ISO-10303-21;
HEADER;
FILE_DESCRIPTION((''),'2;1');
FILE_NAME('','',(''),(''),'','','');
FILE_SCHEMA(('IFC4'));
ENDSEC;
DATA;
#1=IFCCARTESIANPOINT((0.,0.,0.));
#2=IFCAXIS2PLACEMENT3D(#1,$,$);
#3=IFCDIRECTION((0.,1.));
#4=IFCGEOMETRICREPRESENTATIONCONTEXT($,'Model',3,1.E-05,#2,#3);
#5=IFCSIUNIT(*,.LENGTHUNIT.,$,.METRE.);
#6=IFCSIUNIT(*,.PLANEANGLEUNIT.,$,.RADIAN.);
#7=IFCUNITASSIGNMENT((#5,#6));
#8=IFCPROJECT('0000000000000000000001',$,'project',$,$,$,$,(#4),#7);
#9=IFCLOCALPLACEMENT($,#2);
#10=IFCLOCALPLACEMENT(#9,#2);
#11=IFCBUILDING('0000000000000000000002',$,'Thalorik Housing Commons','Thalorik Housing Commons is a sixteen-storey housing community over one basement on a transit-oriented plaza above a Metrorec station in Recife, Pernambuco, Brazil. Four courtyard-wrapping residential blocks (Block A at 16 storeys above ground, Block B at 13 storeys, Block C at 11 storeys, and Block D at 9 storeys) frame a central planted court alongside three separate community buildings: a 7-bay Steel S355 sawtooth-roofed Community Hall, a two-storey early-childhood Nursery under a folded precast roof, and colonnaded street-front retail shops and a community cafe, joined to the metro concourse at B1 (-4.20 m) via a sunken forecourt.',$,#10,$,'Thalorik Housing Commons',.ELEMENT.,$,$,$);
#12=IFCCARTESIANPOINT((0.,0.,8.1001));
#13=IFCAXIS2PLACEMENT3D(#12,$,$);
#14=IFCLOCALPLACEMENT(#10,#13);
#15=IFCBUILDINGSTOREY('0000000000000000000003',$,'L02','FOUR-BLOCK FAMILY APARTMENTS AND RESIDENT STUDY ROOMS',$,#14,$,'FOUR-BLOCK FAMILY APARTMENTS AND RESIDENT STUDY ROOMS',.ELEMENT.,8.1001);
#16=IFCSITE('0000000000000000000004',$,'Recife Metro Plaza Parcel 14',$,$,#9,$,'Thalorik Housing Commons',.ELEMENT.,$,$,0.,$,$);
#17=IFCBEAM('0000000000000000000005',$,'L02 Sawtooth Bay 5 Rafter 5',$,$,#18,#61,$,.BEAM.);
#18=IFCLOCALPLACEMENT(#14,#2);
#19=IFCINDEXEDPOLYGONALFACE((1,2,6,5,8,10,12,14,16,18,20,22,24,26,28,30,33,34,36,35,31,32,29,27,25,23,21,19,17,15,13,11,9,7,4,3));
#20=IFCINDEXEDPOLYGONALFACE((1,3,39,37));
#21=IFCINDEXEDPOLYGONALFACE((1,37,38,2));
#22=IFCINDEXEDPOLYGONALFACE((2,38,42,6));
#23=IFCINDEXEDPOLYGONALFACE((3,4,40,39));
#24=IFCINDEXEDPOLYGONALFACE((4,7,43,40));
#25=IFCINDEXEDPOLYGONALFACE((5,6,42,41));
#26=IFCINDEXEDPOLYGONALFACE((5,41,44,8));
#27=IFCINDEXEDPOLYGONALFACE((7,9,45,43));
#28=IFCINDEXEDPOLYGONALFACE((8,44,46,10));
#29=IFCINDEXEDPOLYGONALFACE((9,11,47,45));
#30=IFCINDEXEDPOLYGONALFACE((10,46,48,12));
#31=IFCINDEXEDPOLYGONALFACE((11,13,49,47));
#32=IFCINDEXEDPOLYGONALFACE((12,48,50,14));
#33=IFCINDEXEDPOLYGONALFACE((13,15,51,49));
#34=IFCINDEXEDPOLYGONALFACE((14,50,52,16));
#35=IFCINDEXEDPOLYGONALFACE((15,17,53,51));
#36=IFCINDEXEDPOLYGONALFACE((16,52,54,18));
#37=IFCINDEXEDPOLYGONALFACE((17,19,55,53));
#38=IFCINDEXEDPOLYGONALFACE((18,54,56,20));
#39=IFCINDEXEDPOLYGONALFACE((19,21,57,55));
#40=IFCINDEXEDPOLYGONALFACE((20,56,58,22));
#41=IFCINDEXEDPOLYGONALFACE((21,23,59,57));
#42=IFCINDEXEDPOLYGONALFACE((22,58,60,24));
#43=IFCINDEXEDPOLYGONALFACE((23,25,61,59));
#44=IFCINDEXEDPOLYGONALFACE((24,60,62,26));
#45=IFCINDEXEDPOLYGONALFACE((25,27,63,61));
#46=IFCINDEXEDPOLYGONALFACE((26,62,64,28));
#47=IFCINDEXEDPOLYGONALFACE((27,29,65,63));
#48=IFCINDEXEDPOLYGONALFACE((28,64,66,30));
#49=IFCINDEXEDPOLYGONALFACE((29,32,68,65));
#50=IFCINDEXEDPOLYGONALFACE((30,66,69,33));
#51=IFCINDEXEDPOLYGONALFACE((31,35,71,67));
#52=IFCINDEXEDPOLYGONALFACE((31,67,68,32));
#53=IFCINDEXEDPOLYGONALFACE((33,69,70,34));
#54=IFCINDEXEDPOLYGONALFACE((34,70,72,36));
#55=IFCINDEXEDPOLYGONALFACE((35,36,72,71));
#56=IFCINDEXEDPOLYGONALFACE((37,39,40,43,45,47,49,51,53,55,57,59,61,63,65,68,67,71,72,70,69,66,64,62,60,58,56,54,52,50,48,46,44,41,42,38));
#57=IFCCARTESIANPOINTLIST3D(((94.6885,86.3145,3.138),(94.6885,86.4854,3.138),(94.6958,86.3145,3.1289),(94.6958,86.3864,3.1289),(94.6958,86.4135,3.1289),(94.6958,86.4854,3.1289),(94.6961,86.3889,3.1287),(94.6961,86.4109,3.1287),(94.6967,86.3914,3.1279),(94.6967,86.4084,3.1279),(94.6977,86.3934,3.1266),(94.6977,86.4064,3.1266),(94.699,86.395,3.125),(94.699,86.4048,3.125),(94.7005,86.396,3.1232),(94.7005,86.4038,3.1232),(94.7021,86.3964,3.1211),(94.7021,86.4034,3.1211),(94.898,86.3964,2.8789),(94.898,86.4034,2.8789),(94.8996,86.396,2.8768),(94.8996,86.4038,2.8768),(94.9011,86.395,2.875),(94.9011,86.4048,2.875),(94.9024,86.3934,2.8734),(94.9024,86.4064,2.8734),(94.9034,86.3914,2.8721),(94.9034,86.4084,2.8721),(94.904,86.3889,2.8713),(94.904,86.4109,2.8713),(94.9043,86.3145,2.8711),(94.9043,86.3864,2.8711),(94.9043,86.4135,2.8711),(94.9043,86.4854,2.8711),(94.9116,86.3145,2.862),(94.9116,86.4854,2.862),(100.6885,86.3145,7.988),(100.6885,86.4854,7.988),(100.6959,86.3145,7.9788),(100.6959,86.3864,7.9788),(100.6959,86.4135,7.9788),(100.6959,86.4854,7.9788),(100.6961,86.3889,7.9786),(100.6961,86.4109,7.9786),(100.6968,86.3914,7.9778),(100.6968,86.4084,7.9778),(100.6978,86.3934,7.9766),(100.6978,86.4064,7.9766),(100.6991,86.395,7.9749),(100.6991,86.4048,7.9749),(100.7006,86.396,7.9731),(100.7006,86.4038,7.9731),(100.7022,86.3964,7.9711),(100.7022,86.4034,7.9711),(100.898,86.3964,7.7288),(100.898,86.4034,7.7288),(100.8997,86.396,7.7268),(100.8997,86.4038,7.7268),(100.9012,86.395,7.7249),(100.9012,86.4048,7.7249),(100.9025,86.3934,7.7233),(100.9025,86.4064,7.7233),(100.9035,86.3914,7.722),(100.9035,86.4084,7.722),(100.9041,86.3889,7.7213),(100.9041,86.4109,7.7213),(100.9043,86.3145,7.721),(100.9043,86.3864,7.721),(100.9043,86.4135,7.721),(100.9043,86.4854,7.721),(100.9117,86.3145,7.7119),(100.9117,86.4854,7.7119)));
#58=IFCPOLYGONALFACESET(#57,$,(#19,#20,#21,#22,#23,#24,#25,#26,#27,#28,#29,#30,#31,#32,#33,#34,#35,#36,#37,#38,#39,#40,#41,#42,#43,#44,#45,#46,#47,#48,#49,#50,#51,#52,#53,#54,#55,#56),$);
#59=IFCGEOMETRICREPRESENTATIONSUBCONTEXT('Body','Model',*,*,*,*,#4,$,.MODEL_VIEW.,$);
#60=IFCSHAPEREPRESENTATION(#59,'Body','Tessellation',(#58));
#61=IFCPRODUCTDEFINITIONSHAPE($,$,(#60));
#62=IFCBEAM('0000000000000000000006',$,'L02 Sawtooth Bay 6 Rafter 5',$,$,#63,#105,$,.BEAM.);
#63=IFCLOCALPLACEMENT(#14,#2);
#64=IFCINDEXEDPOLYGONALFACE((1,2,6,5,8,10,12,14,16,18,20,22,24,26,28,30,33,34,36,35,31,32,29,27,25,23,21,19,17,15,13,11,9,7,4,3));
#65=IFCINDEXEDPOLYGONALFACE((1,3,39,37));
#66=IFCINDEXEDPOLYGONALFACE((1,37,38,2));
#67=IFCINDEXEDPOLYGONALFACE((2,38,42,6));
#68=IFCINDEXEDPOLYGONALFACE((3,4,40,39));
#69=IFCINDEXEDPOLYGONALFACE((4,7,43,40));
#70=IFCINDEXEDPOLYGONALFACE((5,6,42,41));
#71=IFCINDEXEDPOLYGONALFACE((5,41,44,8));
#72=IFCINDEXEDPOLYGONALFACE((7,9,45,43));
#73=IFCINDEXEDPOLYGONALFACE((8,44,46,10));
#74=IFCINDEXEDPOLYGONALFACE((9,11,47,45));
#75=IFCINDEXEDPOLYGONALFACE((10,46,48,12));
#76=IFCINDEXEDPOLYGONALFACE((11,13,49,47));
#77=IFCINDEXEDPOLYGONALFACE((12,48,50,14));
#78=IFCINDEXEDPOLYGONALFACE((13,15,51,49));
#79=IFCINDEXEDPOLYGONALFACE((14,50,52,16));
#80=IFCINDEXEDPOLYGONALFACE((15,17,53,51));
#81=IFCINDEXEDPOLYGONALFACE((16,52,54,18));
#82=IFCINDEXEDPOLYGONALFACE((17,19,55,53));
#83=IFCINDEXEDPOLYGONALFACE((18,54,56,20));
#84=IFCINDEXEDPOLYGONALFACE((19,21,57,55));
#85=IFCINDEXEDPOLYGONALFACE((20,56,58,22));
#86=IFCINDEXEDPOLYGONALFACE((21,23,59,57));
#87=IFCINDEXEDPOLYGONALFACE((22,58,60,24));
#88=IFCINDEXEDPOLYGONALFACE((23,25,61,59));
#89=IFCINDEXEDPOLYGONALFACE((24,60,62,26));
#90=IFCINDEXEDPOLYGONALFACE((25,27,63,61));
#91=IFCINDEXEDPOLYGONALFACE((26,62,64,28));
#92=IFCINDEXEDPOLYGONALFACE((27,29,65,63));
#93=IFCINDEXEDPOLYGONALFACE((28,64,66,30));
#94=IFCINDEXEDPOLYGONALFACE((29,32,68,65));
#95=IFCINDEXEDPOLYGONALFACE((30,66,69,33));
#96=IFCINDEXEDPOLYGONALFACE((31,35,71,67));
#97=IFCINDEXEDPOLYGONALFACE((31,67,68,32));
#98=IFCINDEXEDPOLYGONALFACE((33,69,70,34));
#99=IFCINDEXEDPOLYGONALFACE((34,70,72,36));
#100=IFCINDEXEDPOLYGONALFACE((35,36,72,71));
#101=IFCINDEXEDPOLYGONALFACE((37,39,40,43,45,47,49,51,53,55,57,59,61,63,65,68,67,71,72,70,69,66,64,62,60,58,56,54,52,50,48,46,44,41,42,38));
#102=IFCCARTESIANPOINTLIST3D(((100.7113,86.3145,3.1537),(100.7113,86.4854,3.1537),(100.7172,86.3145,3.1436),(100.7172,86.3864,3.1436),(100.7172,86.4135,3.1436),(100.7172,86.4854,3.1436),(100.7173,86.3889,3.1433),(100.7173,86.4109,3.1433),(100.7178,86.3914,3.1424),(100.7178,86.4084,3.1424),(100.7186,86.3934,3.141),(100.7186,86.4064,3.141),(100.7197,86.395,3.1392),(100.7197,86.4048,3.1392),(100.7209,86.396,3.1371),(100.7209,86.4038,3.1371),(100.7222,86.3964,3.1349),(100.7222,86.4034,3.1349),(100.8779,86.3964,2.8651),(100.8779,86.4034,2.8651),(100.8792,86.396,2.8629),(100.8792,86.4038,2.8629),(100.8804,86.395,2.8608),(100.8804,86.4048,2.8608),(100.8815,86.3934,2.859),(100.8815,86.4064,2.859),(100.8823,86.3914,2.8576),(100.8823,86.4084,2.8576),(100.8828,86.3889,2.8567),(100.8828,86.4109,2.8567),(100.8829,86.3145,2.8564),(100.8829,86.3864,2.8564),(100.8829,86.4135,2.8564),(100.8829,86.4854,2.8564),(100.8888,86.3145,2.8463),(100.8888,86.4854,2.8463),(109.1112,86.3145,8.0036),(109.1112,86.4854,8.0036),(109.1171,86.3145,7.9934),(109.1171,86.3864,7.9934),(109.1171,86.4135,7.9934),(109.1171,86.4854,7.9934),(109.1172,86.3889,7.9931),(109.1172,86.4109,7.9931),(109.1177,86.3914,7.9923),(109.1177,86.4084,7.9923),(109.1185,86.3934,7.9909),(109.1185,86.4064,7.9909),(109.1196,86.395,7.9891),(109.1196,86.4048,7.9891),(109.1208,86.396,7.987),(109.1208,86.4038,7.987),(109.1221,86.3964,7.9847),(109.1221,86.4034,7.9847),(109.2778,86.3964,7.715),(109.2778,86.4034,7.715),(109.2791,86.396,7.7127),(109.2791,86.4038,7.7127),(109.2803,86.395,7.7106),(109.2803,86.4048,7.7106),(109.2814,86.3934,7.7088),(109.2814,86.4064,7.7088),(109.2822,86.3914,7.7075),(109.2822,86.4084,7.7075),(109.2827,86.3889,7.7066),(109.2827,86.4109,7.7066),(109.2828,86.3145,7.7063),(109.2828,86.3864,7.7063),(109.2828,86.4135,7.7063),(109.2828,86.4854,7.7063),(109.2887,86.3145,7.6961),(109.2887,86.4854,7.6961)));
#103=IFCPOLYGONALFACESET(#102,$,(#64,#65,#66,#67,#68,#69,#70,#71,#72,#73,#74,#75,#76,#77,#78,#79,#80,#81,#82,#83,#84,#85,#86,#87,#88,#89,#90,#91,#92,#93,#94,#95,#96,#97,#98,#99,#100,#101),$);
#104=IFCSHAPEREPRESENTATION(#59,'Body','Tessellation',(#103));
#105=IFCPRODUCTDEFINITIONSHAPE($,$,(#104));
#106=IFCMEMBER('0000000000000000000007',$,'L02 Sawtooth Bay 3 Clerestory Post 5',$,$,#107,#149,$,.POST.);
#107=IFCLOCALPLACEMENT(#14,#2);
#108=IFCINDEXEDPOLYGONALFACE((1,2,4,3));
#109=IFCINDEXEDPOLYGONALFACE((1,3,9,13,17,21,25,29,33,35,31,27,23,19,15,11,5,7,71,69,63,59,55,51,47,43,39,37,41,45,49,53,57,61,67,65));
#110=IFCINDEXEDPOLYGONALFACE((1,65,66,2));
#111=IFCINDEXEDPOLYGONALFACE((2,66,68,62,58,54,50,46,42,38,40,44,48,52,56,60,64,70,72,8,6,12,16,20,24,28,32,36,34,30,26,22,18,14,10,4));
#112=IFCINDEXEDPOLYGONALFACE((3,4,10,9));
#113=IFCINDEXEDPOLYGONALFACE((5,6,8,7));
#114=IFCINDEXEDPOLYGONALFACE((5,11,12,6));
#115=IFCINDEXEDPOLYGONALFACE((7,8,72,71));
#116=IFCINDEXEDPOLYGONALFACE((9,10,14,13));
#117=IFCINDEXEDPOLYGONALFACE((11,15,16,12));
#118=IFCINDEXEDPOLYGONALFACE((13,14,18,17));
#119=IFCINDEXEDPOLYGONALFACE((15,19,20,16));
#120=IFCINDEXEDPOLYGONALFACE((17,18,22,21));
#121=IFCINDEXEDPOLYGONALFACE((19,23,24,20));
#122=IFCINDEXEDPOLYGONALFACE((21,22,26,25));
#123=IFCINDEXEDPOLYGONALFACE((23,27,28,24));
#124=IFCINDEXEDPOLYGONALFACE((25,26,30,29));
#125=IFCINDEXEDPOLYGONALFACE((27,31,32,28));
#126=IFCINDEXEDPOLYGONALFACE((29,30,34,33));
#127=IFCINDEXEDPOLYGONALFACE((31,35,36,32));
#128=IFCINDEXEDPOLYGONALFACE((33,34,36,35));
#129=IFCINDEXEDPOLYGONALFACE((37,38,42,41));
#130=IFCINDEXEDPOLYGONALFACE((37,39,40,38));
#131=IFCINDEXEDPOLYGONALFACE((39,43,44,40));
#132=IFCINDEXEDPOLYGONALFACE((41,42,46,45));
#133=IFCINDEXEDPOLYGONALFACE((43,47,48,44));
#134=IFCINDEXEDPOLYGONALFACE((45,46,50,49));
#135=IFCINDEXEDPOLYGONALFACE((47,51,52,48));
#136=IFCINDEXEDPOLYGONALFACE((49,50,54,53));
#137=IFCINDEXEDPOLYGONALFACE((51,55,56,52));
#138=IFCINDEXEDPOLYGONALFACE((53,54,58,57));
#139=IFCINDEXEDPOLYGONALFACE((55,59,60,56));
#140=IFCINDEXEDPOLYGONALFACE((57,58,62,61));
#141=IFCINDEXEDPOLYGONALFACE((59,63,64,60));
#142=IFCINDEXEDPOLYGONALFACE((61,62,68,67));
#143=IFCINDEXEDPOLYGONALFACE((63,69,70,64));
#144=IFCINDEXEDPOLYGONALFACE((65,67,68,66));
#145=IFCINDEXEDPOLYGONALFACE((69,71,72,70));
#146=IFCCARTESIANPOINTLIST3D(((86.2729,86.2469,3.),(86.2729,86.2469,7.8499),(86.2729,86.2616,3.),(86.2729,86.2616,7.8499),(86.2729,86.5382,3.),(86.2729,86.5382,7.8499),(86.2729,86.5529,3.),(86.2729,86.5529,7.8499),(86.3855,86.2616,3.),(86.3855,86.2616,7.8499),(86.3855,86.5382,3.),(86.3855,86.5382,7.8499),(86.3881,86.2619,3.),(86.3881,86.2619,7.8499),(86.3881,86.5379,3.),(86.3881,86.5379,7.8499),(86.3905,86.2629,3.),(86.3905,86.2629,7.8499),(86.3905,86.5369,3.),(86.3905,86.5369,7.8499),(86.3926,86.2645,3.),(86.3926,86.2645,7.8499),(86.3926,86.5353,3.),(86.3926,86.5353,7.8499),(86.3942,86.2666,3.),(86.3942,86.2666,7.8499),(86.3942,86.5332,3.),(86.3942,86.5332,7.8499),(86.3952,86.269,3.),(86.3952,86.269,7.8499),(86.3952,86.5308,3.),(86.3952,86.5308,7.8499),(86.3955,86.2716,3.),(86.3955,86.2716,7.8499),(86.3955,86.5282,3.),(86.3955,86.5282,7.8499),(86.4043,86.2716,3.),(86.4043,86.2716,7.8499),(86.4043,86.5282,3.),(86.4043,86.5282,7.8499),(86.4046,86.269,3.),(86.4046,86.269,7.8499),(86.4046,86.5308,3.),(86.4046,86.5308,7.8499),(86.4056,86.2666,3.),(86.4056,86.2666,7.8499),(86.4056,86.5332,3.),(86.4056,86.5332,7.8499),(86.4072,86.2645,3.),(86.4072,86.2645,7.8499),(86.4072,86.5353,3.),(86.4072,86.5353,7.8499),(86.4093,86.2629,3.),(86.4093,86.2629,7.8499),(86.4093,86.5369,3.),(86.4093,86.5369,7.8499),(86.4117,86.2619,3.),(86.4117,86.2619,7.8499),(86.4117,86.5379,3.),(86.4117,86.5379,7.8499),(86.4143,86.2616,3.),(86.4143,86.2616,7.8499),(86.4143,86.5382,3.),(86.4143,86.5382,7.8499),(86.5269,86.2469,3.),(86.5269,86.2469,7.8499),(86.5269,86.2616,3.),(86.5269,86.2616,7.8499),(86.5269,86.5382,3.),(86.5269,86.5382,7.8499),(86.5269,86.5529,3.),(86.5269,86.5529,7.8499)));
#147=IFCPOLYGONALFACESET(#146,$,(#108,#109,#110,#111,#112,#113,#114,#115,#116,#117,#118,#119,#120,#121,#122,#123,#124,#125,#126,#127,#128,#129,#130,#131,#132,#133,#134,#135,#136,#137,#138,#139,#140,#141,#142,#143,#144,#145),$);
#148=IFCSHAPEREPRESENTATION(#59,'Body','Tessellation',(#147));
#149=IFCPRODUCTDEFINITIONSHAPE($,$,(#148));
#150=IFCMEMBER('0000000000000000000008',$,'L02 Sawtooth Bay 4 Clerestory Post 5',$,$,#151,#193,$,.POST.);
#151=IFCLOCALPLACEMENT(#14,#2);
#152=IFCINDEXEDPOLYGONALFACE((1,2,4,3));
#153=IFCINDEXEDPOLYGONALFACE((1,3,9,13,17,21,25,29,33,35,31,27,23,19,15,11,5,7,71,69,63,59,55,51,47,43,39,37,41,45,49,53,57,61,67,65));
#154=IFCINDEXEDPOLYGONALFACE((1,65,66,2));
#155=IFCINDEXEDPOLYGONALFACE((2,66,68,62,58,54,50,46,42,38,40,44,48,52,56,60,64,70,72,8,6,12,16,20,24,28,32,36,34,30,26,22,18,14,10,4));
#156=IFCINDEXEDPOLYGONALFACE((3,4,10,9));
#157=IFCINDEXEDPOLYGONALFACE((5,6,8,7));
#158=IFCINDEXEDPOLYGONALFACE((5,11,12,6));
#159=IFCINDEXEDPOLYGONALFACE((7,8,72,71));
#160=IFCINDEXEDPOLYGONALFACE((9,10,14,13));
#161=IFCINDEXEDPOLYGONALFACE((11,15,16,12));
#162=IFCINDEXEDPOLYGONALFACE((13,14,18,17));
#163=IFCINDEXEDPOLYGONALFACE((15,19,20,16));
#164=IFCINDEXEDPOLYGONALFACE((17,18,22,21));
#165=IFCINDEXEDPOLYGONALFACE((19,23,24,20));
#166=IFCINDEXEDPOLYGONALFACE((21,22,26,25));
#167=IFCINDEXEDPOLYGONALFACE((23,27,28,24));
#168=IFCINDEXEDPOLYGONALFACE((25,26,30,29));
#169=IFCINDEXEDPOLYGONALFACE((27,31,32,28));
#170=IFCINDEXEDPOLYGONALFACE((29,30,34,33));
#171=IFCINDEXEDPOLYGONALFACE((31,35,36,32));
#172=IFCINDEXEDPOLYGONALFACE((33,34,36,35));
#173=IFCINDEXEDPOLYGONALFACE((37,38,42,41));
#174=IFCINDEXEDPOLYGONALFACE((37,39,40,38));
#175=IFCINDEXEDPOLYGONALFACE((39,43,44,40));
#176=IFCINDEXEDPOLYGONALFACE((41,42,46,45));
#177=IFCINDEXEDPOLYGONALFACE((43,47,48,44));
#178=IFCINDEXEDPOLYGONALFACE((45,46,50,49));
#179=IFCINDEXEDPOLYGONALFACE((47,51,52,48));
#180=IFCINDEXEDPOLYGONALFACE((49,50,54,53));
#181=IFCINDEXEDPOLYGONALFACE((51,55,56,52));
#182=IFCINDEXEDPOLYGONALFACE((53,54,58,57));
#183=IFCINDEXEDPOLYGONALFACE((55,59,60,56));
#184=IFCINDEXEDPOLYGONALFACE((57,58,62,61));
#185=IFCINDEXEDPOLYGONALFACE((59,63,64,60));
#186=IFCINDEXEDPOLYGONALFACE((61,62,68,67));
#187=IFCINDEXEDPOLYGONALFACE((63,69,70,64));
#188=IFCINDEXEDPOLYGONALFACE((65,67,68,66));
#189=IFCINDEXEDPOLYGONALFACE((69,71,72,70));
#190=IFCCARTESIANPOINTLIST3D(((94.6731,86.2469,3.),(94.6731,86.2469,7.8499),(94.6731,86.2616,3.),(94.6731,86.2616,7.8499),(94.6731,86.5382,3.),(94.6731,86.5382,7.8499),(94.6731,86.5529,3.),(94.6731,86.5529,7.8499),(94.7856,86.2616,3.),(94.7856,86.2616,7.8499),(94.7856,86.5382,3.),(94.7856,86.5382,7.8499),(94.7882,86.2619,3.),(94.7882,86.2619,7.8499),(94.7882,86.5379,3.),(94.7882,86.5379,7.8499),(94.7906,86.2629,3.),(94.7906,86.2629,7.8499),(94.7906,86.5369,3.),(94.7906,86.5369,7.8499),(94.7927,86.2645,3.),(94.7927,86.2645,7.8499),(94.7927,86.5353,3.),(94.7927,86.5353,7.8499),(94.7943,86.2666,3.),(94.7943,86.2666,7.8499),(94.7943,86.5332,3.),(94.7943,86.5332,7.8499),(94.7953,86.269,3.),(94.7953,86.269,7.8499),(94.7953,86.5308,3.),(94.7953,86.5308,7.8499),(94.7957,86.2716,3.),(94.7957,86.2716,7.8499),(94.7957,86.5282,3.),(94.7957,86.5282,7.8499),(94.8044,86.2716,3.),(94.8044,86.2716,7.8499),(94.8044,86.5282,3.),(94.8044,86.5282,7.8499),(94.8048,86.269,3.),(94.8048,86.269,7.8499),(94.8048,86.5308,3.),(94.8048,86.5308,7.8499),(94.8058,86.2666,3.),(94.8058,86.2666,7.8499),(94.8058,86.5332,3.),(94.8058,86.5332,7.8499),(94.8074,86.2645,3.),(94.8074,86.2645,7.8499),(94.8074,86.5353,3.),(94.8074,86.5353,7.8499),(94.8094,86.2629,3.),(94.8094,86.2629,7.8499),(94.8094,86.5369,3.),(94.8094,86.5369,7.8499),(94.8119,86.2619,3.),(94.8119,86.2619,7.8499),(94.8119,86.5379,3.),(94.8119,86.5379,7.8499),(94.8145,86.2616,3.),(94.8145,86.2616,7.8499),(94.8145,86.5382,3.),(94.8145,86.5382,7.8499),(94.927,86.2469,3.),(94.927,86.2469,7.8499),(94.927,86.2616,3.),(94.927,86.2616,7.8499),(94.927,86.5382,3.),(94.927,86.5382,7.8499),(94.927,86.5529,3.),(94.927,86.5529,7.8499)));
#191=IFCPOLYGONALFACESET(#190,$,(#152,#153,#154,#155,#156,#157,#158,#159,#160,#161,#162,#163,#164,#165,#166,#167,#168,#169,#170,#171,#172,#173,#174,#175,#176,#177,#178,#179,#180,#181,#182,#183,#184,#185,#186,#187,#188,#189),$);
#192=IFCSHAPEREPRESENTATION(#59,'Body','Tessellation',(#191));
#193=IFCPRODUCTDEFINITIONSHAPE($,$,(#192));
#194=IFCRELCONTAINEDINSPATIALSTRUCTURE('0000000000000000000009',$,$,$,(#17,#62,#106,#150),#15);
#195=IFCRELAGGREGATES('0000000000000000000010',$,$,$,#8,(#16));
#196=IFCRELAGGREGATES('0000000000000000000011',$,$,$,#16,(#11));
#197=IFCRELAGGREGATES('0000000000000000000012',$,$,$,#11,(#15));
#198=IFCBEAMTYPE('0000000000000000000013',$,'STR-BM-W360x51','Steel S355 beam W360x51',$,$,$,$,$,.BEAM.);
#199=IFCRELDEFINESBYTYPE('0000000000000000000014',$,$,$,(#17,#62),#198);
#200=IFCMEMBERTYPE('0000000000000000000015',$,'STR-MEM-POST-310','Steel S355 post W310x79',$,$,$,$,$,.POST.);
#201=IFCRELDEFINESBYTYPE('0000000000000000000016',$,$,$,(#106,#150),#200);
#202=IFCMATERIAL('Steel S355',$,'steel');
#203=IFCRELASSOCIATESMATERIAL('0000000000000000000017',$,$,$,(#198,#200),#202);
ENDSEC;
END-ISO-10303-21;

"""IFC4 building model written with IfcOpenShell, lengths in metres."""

from ifc_helpers import new_model, si_unit, direction, frame, origin, origin_2d, place, context, subcontext, project, spatial, i_section, extrude, material, material_profile, profile_set, type_object, element, save


model = new_model("IFC4")

# Units and contexts
model_context = context("Model", 3, precision=1e-05, world=origin(), true_north=direction((0.0, 1.0)))
body_context = subcontext(model_context, "Body", "Model", "MODEL_VIEW")
ifc_project = project(units=[si_unit("LENGTHUNIT", "METRE"), si_unit("PLANEANGLEUNIT", "RADIAN")], contexts=[model_context])

# Site, building, storey
site_placement = place(None, origin())
site = spatial("IfcSite", under=ifc_project, at=site_placement, Name="Recife Metro Plaza Parcel 14", LongName="Thalorik Housing Commons", CompositionType="ELEMENT", RefElevation=0.0)
building_placement = place(site_placement, origin())
building = spatial("IfcBuilding", under=site, at=building_placement, Name="Thalorik Housing Commons", Description="Thalorik Housing Commons is a sixteen-storey housing community over one basement on a transit-oriented plaza above a Metrorec station in Recife, Pernambuco, Brazil. Four courtyard-wrapping residential blocks (Block A at 16 storeys above ground, Block B at 13 storeys, Block C at 11 storeys, and Block D at 9 storeys) frame a central planted court alongside three separate community buildings: a 7-bay Steel S355 sawtooth-roofed Community Hall, a two-storey early-childhood Nursery under a folded precast roof, and colonnaded street-front retail shops and a community cafe, joined to the metro concourse at B1 (-4.20 m) via a sunken forecourt.", LongName="Thalorik Housing Commons", CompositionType="ELEMENT")
storey_placement = place(building_placement, frame((0.0, 0.0, 8.1001)))
storey = spatial("IfcBuildingStorey", under=building, at=storey_placement, Name="L02", Description="FOUR-BLOCK FAMILY APARTMENTS AND RESIDENT STUDY ROOMS", LongName="FOUR-BLOCK FAMILY APARTMENTS AND RESIDENT STUDY ROOMS", CompositionType="ELEMENT", Elevation=8.1001)

# Shared definitions
ifc_material_1 = material(Name="Steel S355", Category="steel")

# Beams
ifc_material_profile_1 = material_profile(ifc_material_1, i_section(OverallWidth=0.1709, OverallDepth=0.355, WebThickness=0.0071, FlangeThickness=0.0117, FilletRadius=0.01, at=origin_2d()), Name="W360x51", Category="steel")
ifc_profile_set_1 = profile_set([ifc_material_profile_1], Name="Steel S355")
beam_type = type_object("IfcBeamType", Name="STR-BM-W360x51", Description="Steel S355 beam W360x51", PredefinedType="BEAM", material=ifc_profile_set_1)
beam_1_placement = place(storey_placement, frame((94.8, 86.3999, 3.0), z_axis=(0.777707, 0.0, 0.628627), x_axis=(0.0, 1.0, 0.0)))
element("IfcBeam", 1, at=beam_1_placement, inside=storey, type_object=beam_type, Name="L02 Sawtooth Bay 5 Rafter 5", PredefinedType="BEAM", context=body_context, shape_type="SweptSolid", body=[
    extrude(i_section(OverallWidth=0.1709, OverallDepth=0.355, WebThickness=0.0071, FlangeThickness=0.0117, FilletRadius=0.01, at=origin_2d()), origin(), (0.0, 0.0, 1.0), 7.7151),
])
beam_2_placement = place(storey_placement, frame((100.8, 86.3999, 3.0), z_axis=(0.866018, 0.0, 0.500013), x_axis=(0.0, 1.0, 0.0)))
element("IfcBeam", 2, at=beam_2_placement, inside=storey, type_object=beam_type, Name="L02 Sawtooth Bay 6 Rafter 5", PredefinedType="BEAM", context=body_context, shape_type="SweptSolid", body=[
    extrude(i_section(OverallWidth=0.1709, OverallDepth=0.355, WebThickness=0.0071, FlangeThickness=0.0117, FilletRadius=0.01, at=origin_2d()), origin(), (0.0, 0.0, 1.0), 9.6995),
])

# Members
ifc_material_profile_2 = material_profile(ifc_material_1, i_section(OverallWidth=0.2539, OverallDepth=0.3059, WebThickness=0.0088, FlangeThickness=0.0146, FilletRadius=0.01, at=origin_2d()), Name="W310x79", Category="steel")
ifc_profile_set_2 = profile_set([ifc_material_profile_2], Name="Steel S355")
member_type_1 = type_object("IfcMemberType", Name="STR-MEM-POST-310", Description="Steel S355 post W310x79", PredefinedType="POST", material=ifc_profile_set_2)
for number, where, z_axis, x_axis, name in (
    (3, (86.3999, 86.3999, 3.0), (0.0, 0.0, 1.0), (1.0, 0.0, 0.0), "L02 Sawtooth Bay 3 Clerestory Post 5"),
    (4, (94.8, 86.3999, 3.0), (0.0, 0.0, 1.0), (1.0, 0.0, 0.0), "L02 Sawtooth Bay 4 Clerestory Post 5"),
):
    element("IfcMember", number, at=place(storey_placement, frame(where, z_axis=z_axis, x_axis=x_axis)), inside=storey, type_object=member_type_1, Name=name, PredefinedType="POST", context=body_context, shape_type="SweptSolid", body=[
        extrude(i_section(OverallWidth=0.2539, OverallDepth=0.3059, WebThickness=0.0088, FlangeThickness=0.0146, FilletRadius=0.01, at=origin_2d()), origin(), (0.0, 0.0, 1.0), 4.8499),
    ])

save(model, "model.ifc")
